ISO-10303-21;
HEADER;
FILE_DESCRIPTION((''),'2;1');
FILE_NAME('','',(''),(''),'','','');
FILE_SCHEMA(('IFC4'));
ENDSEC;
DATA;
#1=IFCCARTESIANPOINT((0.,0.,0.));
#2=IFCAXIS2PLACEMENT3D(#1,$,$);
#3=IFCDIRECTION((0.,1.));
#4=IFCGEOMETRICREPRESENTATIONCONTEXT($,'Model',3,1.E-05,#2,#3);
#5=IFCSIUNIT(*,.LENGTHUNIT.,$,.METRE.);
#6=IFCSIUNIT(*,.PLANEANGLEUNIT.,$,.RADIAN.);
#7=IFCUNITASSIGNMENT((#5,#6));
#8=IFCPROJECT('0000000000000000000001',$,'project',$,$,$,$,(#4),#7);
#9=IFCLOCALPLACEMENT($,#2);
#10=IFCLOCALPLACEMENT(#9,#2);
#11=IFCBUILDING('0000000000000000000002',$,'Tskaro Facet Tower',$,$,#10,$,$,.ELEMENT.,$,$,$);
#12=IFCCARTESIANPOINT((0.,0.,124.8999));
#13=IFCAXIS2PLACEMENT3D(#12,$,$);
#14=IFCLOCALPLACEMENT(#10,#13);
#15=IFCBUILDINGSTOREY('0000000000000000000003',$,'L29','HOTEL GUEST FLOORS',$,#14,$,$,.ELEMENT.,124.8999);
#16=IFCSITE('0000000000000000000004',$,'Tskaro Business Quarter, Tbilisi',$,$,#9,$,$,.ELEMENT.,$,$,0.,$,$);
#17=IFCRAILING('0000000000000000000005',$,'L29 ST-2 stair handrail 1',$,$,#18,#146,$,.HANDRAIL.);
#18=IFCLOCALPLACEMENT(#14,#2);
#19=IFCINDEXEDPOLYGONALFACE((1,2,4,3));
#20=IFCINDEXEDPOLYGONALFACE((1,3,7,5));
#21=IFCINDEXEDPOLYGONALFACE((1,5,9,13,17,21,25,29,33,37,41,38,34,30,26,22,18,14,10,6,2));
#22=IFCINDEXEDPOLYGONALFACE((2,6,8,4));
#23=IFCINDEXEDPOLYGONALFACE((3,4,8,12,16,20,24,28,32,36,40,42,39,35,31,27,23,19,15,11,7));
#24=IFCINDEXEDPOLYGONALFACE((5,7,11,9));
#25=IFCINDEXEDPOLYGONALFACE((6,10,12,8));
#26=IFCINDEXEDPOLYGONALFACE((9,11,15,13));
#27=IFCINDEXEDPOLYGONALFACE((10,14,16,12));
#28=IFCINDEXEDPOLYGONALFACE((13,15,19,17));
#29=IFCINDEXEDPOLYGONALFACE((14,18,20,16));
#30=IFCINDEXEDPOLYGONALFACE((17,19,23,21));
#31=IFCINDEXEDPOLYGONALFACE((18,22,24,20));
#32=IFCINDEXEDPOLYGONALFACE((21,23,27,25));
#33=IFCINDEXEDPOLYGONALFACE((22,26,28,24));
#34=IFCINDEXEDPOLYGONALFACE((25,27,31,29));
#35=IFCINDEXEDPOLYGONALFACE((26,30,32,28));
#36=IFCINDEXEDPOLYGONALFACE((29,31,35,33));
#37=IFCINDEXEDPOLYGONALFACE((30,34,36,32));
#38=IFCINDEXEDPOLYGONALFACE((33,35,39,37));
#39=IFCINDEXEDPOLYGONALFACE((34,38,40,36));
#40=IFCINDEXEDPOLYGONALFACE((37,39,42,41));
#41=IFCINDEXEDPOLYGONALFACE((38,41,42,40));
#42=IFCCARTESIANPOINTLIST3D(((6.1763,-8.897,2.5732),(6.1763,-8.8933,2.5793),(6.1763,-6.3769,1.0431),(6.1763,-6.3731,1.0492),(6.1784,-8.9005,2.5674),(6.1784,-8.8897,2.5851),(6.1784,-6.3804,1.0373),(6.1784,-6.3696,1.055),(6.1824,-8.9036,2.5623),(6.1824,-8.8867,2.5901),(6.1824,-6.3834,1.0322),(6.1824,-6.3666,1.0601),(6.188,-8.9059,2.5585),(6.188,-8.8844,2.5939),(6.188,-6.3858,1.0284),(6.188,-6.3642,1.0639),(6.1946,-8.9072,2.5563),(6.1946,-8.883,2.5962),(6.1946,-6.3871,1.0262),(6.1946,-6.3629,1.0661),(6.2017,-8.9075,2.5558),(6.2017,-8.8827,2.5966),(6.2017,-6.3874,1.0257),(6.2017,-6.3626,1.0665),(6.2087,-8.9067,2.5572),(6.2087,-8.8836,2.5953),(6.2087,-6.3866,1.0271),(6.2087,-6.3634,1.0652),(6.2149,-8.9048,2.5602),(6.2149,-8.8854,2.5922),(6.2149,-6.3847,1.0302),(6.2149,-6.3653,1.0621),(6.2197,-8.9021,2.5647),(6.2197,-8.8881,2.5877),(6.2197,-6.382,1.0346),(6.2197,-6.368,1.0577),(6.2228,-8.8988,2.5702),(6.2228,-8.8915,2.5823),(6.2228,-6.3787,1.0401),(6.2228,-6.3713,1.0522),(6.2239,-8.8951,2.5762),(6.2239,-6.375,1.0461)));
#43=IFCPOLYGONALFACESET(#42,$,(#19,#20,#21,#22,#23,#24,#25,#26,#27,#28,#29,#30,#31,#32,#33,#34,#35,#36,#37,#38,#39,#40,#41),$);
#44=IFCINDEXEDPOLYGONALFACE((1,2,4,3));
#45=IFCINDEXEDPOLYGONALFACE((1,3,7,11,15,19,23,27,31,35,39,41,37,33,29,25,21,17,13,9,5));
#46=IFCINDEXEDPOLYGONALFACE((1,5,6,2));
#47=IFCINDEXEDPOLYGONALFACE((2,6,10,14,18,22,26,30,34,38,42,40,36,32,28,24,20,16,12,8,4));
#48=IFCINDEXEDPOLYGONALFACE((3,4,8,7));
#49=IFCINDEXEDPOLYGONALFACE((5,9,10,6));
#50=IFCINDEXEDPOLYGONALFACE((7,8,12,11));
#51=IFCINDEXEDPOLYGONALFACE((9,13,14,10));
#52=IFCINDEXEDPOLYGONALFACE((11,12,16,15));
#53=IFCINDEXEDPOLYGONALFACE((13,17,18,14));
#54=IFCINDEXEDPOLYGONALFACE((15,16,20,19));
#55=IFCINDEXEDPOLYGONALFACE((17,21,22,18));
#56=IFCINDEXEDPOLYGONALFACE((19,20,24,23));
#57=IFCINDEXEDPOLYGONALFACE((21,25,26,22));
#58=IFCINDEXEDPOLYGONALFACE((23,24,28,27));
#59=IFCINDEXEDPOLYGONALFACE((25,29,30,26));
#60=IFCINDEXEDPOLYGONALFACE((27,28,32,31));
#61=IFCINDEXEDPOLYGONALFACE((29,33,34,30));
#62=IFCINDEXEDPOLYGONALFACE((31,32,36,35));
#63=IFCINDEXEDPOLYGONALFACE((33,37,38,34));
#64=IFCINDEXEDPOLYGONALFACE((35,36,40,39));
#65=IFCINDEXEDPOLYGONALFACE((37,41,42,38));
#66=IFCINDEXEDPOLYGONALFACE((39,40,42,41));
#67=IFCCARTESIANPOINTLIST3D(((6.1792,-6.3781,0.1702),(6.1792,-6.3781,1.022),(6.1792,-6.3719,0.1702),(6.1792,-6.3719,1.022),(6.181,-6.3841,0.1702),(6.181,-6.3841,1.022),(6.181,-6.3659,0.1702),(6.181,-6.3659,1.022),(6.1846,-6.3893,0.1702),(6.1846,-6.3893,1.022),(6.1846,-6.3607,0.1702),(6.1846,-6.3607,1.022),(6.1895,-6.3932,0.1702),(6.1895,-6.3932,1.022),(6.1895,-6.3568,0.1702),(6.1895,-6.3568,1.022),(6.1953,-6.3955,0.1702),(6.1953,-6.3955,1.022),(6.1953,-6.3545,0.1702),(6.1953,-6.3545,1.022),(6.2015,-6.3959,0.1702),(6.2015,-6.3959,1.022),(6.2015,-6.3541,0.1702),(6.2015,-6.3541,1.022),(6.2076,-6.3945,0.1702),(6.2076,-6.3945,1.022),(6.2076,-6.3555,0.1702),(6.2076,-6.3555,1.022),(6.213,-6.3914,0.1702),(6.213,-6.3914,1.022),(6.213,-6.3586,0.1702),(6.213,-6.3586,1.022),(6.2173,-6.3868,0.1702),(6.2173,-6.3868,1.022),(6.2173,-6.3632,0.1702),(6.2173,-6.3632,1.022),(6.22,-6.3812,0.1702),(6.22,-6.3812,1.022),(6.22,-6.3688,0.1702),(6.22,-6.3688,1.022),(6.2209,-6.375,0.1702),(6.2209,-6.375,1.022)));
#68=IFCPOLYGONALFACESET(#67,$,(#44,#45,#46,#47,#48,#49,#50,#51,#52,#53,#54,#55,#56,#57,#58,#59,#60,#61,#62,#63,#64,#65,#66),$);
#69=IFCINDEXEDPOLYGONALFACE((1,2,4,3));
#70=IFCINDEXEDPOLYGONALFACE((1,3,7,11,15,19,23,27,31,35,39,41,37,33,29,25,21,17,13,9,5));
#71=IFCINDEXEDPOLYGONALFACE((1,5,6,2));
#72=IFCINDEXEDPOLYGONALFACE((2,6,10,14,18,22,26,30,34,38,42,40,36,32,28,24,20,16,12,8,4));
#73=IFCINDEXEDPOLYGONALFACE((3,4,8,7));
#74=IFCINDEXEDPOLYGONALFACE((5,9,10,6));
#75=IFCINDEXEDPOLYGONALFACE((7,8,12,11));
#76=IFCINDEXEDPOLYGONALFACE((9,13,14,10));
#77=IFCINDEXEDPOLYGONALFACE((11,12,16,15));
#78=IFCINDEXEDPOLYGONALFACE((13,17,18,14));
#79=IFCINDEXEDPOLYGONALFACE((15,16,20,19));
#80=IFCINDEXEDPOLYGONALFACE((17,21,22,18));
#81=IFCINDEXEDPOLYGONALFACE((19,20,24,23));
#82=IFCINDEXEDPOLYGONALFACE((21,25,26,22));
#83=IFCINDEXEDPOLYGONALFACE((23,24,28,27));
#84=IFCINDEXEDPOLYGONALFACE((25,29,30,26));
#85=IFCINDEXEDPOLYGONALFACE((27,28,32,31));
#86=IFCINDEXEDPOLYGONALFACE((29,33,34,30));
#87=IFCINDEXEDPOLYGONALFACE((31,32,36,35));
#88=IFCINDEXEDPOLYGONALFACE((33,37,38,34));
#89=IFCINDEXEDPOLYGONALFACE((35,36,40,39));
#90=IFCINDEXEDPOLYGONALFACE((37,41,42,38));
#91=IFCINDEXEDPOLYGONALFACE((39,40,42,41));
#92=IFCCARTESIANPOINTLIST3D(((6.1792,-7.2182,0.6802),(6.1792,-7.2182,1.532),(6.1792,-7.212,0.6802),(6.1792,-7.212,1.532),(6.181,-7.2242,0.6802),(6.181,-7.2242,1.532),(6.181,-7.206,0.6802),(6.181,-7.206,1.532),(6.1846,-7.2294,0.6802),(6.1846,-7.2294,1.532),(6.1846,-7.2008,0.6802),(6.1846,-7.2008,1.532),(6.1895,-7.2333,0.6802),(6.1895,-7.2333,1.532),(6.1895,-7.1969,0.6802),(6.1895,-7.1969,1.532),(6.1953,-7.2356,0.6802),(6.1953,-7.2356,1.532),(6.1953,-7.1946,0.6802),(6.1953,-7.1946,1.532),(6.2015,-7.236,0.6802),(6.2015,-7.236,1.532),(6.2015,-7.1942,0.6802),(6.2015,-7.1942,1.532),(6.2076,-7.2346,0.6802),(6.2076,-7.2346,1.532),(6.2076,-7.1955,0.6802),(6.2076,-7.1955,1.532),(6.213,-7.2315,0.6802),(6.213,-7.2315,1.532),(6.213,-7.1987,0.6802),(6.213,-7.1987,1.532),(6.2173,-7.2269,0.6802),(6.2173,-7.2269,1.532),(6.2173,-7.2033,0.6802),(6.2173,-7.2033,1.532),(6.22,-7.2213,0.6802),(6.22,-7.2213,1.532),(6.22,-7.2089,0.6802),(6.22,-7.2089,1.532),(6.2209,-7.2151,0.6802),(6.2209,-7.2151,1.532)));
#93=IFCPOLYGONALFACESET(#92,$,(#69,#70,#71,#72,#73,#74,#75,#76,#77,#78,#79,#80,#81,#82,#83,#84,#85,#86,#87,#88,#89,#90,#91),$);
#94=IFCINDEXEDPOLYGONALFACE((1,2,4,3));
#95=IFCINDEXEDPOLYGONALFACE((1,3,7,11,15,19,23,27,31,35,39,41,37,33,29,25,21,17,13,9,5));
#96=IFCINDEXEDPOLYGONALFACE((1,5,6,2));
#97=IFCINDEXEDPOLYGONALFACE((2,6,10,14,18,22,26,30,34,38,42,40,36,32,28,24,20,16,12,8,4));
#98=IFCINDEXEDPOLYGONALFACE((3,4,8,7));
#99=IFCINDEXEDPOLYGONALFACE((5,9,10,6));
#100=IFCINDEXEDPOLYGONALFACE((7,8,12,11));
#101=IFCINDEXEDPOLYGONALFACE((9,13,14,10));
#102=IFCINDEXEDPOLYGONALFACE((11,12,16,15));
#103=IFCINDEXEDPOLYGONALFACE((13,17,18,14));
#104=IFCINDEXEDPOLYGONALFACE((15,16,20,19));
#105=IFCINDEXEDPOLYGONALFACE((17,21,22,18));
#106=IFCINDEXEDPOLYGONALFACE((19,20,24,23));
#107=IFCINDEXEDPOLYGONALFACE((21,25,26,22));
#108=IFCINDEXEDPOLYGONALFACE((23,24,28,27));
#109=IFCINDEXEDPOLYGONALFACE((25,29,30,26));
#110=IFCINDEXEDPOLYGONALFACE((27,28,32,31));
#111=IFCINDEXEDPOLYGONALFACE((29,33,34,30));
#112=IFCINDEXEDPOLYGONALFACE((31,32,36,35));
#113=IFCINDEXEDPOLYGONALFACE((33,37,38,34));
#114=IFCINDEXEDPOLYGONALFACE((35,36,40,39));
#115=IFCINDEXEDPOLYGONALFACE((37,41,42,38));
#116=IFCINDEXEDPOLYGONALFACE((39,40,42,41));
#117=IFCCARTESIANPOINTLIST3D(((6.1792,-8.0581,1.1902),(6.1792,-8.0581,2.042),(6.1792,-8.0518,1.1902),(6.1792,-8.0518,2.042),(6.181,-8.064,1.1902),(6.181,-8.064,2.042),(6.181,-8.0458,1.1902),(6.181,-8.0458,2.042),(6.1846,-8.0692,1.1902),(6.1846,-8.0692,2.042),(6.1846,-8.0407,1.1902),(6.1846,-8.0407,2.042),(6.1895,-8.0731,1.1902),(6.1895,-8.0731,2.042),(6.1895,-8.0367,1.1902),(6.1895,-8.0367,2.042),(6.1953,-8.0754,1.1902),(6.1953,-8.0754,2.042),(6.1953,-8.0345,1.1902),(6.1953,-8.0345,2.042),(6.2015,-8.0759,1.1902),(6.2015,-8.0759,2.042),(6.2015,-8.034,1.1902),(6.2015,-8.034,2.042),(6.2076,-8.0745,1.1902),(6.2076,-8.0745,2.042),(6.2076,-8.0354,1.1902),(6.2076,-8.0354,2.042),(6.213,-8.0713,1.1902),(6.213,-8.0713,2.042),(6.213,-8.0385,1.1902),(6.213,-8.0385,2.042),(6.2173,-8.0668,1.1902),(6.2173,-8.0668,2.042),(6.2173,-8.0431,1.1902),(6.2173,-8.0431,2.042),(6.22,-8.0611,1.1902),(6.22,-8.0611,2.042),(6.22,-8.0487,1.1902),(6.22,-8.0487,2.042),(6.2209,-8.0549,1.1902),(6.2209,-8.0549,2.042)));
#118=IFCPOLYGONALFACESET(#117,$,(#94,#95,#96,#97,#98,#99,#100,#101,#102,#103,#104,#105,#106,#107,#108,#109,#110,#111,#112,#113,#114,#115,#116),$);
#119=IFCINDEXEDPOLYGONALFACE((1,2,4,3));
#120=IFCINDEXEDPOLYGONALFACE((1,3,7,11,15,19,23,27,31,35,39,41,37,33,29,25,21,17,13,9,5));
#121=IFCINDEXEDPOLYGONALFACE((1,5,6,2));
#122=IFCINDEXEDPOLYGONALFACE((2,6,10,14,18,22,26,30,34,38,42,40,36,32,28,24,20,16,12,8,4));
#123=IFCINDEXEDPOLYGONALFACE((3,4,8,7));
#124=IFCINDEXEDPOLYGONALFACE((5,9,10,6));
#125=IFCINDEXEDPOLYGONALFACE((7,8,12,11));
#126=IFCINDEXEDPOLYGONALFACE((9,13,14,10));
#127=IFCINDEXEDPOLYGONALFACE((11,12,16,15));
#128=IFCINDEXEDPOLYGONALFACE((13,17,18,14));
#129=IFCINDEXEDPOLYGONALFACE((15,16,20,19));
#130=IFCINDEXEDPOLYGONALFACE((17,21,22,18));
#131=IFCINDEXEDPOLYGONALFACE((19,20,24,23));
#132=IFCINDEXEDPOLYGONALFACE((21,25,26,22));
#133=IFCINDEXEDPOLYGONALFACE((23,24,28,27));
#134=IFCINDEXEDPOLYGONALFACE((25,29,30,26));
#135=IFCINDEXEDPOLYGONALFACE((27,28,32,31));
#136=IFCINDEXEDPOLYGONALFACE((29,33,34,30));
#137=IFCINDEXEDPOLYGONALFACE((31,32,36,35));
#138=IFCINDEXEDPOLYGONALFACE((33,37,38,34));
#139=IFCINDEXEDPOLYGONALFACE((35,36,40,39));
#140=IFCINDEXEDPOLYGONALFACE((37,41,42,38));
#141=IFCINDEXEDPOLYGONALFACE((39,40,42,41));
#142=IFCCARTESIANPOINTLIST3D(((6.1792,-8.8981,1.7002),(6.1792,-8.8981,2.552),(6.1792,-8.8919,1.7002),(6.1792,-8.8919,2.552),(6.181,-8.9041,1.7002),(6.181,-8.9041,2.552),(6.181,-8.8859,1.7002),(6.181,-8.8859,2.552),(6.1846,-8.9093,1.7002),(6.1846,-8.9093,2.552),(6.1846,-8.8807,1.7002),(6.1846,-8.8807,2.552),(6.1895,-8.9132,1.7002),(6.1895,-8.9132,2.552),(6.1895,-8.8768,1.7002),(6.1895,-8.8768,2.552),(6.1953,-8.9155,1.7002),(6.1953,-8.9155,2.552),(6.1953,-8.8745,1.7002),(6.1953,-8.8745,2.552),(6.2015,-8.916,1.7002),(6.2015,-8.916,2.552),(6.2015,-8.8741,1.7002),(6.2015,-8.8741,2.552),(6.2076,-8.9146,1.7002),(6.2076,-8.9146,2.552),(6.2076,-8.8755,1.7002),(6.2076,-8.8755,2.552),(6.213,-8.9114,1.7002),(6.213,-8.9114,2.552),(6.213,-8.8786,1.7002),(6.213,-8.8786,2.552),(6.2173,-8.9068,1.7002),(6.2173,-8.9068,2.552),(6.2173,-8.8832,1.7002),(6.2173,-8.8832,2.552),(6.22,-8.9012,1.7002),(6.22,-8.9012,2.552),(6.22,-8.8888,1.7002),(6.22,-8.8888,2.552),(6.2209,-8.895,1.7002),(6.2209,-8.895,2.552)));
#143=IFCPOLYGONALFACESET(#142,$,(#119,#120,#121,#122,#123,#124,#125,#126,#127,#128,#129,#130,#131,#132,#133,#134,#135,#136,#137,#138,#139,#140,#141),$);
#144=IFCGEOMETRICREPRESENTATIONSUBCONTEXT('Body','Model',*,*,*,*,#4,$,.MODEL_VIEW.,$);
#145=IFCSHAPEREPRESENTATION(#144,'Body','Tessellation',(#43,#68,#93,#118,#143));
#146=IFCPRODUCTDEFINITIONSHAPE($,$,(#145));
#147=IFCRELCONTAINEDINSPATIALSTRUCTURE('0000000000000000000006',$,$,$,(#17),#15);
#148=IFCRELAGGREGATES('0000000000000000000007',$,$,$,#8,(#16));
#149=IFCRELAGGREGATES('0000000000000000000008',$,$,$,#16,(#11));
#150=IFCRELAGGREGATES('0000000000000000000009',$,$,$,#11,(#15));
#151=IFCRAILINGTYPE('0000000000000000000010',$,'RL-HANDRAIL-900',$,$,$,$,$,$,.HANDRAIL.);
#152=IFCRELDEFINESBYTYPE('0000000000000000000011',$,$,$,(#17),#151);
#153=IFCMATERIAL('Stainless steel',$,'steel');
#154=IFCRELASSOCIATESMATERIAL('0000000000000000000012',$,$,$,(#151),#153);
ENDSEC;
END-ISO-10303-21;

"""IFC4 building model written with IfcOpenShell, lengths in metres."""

from ifc_helpers import new_model, si_unit, direction, frame, origin, origin_2d, place, context, subcontext, project, spatial, circle, extrude, material, type_object, element, save


model = new_model("IFC4")

# Units and contexts
model_context = context("Model", 3, precision=1e-05, world=origin(), true_north=direction((0.0, 1.0)))
body_context = subcontext(model_context, "Body", "Model", "MODEL_VIEW")
ifc_project = project(units=[si_unit("LENGTHUNIT", "METRE"), si_unit("PLANEANGLEUNIT", "RADIAN")], contexts=[model_context])

# Site, building, storey
site_placement = place(None, origin())
site = spatial("IfcSite", under=ifc_project, at=site_placement, Name="Tskaro Business Quarter, Tbilisi", CompositionType="ELEMENT", RefElevation=0.0)
building_placement = place(site_placement, origin())
building = spatial("IfcBuilding", under=site, at=building_placement, Name="Tskaro Facet Tower", CompositionType="ELEMENT")
storey_placement = place(building_placement, frame((0.0, 0.0, 124.8999)))
storey = spatial("IfcBuildingStorey", under=building, at=storey_placement, Name="L29", Description="HOTEL GUEST FLOORS", CompositionType="ELEMENT", Elevation=124.8999)

# Railing
ifc_material_1 = material(Name="Stainless steel", Category="steel")
railing_type_1 = type_object("IfcRailingType", Name="RL-HANDRAIL-900", PredefinedType="HANDRAIL", material=ifc_material_1)
railing_1_placement = place(storey_placement, frame((6.2, -6.375, 0.1702)))
element("IfcRailing", 1, at=railing_1_placement, inside=storey, type_object=railing_type_1, Name="L29 ST-2 stair handrail 1", PredefinedType="HANDRAIL", context=body_context, shape_type="SweptSolid", body=[
    extrude(circle(Radius=0.0239, at=origin_2d()), frame((0.0, 0.0, 0.876), z_axis=(0.0, -0.854785, 0.518982), x_axis=(1.0, 0.0, 0.0)), (0.0, 0.0, 1.0), 2.9482),
    extrude(circle(Radius=0.021, at=origin_2d()), origin(), (0.0, 0.0, 1.0), 0.8518),
    extrude(circle(Radius=0.021, at=origin_2d()), frame((0.0, -0.8401, 0.51)), (0.0, 0.0, 1.0), 0.8518),
    extrude(circle(Radius=0.021, at=origin_2d()), frame((0.0, -1.6799, 1.02)), (0.0, 0.0, 1.0), 0.8518),
    extrude(circle(Radius=0.021, at=origin_2d()), frame((0.0, -2.52, 1.53)), (0.0, 0.0, 1.0), 0.8518),
])

save(model, "model.ifc")
